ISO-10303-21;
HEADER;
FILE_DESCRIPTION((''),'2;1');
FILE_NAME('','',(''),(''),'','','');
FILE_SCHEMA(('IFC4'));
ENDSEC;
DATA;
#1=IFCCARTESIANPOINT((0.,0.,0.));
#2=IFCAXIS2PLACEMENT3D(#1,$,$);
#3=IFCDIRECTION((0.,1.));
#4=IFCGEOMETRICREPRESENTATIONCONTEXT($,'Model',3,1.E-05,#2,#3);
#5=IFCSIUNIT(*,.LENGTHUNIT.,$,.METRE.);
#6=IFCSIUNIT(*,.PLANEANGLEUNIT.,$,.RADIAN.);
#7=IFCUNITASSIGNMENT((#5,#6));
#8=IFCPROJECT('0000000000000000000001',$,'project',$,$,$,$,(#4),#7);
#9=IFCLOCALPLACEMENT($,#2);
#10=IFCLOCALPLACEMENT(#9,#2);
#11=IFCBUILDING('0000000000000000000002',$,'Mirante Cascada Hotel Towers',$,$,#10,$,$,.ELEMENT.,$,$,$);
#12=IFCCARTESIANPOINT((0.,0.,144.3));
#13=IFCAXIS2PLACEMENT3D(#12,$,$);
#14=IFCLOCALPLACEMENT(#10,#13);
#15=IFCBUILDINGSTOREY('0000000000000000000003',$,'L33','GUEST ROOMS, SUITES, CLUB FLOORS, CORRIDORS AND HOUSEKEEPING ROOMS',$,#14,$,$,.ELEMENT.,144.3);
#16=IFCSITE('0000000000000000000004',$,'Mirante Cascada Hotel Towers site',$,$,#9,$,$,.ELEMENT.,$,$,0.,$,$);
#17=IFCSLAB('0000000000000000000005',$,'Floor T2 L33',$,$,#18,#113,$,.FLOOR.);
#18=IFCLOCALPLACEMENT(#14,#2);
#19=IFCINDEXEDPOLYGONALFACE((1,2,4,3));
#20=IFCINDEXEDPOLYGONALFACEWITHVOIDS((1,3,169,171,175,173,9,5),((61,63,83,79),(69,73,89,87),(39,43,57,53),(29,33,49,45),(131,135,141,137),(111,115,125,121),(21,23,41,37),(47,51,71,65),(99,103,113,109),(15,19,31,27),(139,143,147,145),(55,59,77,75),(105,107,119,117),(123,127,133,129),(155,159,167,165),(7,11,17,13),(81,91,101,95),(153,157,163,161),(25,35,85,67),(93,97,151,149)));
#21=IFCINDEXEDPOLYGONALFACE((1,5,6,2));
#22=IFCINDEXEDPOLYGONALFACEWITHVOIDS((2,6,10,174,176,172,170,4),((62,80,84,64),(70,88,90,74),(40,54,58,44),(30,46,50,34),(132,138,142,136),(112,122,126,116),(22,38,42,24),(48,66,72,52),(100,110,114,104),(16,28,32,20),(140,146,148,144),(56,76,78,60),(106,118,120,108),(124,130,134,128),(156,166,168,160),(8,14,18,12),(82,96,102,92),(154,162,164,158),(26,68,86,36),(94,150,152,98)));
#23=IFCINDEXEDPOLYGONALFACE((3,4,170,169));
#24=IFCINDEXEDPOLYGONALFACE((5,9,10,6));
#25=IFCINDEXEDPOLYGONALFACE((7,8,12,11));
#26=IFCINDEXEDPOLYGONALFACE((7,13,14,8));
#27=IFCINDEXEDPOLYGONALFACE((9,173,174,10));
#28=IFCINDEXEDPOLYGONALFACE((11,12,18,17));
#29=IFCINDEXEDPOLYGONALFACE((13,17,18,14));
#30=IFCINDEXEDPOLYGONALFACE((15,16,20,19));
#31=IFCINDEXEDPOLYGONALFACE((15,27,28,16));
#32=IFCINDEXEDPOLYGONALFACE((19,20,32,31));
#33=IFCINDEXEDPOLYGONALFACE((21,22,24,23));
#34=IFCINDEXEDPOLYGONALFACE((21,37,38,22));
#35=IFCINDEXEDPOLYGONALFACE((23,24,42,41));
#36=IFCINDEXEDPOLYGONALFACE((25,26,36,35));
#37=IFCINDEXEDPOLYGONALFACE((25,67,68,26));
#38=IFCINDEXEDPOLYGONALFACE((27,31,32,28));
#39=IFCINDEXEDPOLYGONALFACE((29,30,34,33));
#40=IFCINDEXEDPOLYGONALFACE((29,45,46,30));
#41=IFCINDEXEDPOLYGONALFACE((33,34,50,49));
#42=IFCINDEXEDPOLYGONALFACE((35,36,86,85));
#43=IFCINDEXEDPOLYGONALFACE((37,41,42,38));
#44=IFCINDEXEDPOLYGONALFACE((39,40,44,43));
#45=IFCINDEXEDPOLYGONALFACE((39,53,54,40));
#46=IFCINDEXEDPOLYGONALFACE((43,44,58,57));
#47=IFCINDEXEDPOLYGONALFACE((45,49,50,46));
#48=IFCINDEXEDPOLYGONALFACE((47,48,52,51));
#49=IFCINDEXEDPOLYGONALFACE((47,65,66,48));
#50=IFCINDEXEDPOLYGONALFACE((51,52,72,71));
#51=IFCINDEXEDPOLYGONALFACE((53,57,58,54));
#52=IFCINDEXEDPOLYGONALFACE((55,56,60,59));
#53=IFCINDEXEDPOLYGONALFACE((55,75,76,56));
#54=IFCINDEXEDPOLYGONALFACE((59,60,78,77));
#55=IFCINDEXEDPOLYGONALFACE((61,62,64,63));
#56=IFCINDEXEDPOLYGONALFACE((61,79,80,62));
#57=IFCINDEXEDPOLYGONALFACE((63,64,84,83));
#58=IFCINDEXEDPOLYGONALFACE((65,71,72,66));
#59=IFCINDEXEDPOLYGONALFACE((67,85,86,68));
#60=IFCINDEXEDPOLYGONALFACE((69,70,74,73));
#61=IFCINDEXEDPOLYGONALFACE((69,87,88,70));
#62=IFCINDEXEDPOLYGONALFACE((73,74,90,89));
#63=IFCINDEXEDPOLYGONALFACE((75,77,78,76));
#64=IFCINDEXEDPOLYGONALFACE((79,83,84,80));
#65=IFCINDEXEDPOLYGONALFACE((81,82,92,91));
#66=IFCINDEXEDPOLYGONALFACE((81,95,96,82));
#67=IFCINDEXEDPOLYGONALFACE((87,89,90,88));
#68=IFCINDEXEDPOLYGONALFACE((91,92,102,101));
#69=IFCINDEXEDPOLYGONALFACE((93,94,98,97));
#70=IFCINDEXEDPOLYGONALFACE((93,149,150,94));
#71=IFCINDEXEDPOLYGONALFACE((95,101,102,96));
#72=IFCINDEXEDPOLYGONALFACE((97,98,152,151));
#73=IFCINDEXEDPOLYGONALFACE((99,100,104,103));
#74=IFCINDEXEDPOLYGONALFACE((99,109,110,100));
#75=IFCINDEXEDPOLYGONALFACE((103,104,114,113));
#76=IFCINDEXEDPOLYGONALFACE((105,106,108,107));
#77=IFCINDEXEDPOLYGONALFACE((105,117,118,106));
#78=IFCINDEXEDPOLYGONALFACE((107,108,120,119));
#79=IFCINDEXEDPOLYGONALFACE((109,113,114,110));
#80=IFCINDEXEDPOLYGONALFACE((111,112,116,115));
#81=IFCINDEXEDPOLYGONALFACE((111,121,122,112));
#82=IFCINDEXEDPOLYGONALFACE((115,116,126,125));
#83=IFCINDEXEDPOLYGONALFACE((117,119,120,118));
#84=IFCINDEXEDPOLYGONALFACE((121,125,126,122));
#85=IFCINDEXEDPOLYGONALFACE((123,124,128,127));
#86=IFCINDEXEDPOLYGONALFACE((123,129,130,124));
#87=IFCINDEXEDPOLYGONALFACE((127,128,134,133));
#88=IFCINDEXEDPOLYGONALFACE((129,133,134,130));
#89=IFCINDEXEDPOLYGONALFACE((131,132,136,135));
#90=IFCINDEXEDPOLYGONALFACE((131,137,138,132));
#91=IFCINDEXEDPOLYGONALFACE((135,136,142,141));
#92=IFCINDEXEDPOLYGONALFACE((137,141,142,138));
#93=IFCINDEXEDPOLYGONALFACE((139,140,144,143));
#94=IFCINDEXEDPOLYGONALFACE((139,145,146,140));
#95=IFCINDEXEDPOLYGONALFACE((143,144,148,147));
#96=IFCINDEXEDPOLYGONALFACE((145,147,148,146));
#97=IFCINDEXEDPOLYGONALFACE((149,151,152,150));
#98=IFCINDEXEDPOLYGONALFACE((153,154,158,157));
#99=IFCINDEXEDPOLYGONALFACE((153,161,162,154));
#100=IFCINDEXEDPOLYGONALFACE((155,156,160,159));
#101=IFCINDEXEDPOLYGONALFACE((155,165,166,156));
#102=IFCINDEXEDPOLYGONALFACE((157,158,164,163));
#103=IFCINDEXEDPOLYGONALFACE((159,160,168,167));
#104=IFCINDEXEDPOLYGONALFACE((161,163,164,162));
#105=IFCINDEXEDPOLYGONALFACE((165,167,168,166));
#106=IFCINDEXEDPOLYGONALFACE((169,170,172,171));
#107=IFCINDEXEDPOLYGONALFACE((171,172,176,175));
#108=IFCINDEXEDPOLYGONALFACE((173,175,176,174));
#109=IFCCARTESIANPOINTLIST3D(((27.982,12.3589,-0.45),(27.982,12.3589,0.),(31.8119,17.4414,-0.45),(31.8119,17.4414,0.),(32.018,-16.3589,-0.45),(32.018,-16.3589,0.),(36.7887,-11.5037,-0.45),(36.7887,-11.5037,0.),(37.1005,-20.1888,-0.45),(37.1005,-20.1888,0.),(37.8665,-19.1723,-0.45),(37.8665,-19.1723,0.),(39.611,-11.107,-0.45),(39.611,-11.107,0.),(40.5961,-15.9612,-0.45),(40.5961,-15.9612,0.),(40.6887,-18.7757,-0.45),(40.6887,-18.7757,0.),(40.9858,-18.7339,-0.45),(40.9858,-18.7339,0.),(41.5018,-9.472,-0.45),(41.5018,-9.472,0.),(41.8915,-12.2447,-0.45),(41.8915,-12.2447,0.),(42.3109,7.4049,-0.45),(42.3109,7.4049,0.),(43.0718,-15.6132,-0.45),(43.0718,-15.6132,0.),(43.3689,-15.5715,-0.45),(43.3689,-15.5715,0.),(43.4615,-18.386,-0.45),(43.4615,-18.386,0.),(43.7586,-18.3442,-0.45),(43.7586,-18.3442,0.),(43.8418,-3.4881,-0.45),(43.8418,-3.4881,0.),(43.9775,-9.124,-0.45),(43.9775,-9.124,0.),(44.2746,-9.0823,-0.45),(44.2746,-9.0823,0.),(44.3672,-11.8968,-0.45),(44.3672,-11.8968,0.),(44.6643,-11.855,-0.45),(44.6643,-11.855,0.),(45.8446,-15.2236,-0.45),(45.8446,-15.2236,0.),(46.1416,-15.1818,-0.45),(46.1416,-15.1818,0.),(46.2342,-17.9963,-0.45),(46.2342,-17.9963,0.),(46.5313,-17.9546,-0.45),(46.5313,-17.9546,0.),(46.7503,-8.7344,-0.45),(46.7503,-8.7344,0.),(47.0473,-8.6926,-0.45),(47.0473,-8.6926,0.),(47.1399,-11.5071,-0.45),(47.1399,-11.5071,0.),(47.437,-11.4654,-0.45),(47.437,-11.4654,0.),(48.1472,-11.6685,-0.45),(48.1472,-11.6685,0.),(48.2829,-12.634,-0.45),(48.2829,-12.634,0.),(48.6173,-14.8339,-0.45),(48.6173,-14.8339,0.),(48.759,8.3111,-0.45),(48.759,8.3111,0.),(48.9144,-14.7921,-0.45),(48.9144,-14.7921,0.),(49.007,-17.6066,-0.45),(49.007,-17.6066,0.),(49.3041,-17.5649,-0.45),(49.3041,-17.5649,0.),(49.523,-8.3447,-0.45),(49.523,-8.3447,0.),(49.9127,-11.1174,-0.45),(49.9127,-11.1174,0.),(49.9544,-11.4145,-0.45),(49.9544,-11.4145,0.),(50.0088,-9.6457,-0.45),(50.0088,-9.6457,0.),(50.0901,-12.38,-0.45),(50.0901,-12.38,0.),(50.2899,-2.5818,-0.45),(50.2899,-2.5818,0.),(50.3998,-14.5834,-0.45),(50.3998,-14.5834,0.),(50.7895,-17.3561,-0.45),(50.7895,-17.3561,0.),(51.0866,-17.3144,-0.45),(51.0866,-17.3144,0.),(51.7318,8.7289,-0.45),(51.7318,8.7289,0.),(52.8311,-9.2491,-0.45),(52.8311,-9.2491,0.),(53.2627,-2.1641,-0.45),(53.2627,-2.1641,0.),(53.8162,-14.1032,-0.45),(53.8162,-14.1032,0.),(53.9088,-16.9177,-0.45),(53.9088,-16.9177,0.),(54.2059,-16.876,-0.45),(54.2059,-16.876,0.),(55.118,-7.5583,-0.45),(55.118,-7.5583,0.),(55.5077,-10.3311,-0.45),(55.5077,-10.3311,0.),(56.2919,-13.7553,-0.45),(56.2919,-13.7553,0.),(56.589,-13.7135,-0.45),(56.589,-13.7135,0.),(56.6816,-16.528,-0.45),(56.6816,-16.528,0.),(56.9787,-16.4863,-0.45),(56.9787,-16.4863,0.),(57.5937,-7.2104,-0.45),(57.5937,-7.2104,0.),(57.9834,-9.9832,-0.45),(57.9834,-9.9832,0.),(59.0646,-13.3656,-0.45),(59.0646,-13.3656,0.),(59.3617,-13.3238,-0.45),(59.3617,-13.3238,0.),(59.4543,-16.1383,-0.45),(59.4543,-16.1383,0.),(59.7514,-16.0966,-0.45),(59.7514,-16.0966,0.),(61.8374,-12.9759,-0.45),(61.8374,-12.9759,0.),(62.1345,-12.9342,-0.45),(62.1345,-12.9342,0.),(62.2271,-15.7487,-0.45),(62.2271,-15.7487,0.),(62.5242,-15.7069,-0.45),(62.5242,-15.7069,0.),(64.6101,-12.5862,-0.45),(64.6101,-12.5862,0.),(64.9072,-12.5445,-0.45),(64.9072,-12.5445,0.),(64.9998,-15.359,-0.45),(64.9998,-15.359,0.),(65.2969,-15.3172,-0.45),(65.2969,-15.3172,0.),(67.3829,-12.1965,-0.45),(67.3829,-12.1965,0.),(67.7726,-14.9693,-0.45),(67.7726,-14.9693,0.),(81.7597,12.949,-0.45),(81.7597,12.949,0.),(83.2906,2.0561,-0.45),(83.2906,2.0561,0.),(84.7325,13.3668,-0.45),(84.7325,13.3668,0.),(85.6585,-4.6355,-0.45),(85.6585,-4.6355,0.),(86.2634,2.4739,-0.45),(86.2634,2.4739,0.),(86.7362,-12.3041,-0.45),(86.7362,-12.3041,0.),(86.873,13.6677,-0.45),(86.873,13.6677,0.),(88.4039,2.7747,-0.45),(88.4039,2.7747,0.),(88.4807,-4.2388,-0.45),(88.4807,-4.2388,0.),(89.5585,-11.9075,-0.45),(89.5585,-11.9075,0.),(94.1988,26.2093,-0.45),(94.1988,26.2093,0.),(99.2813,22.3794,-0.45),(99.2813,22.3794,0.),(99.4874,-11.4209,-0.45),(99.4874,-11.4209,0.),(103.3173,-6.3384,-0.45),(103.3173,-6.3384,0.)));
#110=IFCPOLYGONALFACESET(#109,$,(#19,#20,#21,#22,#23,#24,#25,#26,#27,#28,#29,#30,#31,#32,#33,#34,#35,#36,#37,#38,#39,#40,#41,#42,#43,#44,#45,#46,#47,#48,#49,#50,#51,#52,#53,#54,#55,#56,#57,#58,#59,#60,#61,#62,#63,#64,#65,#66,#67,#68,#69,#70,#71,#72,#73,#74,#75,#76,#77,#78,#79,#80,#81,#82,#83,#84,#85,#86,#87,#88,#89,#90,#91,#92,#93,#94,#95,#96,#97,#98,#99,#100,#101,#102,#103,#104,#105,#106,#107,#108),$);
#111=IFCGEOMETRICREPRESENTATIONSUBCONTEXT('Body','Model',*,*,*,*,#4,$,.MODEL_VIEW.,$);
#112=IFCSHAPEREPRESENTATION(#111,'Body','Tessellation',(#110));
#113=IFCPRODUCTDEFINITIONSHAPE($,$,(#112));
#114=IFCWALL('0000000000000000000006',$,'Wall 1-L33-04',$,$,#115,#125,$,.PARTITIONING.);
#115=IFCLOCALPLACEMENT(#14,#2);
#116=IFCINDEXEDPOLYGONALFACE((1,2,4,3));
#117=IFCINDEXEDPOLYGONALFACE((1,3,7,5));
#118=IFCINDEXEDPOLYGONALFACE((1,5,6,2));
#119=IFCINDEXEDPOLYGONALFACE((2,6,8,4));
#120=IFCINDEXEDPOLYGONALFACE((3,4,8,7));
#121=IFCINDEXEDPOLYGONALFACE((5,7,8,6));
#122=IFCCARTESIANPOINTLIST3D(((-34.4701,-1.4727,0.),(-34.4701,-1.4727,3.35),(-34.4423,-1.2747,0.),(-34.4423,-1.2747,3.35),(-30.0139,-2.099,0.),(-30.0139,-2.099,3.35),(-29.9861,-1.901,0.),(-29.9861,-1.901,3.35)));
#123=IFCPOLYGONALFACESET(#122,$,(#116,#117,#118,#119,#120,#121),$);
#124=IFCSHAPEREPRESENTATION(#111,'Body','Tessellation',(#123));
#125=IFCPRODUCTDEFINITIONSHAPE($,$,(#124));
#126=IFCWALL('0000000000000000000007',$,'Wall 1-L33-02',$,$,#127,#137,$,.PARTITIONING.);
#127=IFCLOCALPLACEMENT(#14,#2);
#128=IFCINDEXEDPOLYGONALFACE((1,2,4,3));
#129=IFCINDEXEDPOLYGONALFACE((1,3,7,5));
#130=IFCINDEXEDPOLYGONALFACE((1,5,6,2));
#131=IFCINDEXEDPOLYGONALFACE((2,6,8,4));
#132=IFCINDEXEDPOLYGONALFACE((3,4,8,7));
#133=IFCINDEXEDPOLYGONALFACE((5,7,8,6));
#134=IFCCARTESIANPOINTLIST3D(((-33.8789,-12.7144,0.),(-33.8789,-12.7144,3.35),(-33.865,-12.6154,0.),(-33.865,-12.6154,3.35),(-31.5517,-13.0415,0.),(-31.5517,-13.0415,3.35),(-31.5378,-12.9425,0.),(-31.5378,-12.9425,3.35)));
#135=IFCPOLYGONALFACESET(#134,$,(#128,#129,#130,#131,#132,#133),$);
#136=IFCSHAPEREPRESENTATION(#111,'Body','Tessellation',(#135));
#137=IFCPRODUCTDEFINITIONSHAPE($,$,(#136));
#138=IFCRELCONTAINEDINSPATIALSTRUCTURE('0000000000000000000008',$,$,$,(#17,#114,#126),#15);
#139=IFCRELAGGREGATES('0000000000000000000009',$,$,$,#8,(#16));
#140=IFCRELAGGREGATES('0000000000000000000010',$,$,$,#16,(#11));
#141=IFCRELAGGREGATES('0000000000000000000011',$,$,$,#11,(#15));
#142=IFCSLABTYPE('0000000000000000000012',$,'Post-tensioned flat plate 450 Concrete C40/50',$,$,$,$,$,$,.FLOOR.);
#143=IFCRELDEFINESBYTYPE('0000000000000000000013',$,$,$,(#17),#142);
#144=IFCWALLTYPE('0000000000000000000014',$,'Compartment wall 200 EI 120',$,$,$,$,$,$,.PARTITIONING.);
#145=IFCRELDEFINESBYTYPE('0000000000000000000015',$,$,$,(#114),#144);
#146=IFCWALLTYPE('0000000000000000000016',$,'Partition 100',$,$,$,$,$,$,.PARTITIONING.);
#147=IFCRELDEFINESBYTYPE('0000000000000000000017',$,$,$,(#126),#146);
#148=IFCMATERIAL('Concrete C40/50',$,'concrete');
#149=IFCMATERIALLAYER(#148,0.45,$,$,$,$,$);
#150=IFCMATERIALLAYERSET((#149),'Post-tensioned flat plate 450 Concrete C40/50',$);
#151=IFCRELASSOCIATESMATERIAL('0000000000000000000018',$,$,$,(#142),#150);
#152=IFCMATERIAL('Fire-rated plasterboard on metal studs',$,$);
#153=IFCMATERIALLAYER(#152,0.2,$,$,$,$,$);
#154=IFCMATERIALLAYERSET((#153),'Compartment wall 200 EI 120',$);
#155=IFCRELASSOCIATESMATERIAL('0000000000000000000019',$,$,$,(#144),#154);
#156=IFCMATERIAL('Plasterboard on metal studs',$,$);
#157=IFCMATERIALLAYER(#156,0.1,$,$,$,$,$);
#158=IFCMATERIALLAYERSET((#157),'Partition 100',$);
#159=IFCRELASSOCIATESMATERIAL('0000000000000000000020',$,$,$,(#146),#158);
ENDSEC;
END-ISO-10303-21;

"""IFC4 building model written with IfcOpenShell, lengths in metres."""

from ifc_helpers import new_model, si_unit, direction, frame, frame_2d, origin, place, context, subcontext, project, spatial, polyline, rectangle, outline, extrude, material, layer, layer_set, type_object, element, save


model = new_model("IFC4")

# Units and contexts
model_context = context("Model", 3, precision=1e-05, world=origin(), true_north=direction((0.0, 1.0)))
body_context = subcontext(model_context, "Body", "Model", "MODEL_VIEW")
ifc_project = project(units=[si_unit("LENGTHUNIT", "METRE"), si_unit("PLANEANGLEUNIT", "RADIAN")], contexts=[model_context])

# Site, building, storey
site_placement = place(None, origin())
site = spatial("IfcSite", under=ifc_project, at=site_placement, Name="Mirante Cascada Hotel Towers site", CompositionType="ELEMENT", RefElevation=0.0)
building_placement = place(site_placement, origin())
building = spatial("IfcBuilding", under=site, at=building_placement, Name="Mirante Cascada Hotel Towers", CompositionType="ELEMENT")
storey_placement = place(building_placement, frame((0.0, 0.0, 144.3)))
storey = spatial("IfcBuildingStorey", under=building, at=storey_placement, Name="L33", Description="GUEST ROOMS, SUITES, CLUB FLOORS, CORRIDORS AND HOUSEKEEPING ROOMS", CompositionType="ELEMENT", Elevation=144.3)

# Slab
ifc_material_1 = material(Name="Concrete C40/50", Category="concrete")
ifc_layer_1 = layer(ifc_material_1, 0.45)
ifc_layer_set_1 = layer_set([ifc_layer_1], Name="Post-tensioned flat plate 450 Concrete C40/50")
slab_type = type_object("IfcSlabType", Name="Post-tensioned flat plate 450 Concrete C40/50", PredefinedType="FLOOR", material=ifc_layer_set_1)
slab_1_placement = place(storey_placement, frame((0.0, 0.0, -0.45)))
element("IfcSlab", 1, at=slab_1_placement, inside=storey, type_object=slab_type, Name="Floor T2 L33", PredefinedType="FLOOR", context=body_context, shape_type="SweptSolid", body=[
    extrude(outline(polyline([(32.018, -16.3589), (27.982, 12.3589), (31.8119, 17.4414), (94.1988, 26.2093), (99.2813, 22.3794), (103.3173, -6.3384), (99.4874, -11.4209), (37.1005, -20.1888), (32.018, -16.3589)]), holes=[polyline([(43.0718, -15.6132), (40.5961, -15.9612), (40.9858, -18.7339), (43.4615, -18.386), (43.0718, -15.6132)]), polyline([(45.8446, -15.2236), (43.3689, -15.5715), (43.7586, -18.3442), (46.2342, -17.9963), (45.8446, -15.2236)]), polyline([(48.6173, -14.8339), (46.1416, -15.1818), (46.5313, -17.9546), (49.007, -17.6066), (48.6173, -14.8339)]), polyline([(50.3998, -14.5834), (48.9144, -14.7921), (49.3041, -17.5649), (50.7895, -17.3561), (50.3998, -14.5834)]), polyline([(37.8665, -19.1723), (40.6887, -18.7757), (39.611, -11.107), (36.7887, -11.5037), (37.8665, -19.1723)]), polyline([(49.9544, -11.4145), (48.1472, -11.6685), (48.2829, -12.634), (50.0901, -12.38), (49.9544, -11.4145)]), polyline([(43.9775, -9.124), (41.5018, -9.472), (41.8915, -12.2447), (44.3672, -11.8968), (43.9775, -9.124)]), polyline([(47.1399, -11.5071), (46.7503, -8.7344), (44.2746, -9.0823), (44.6643, -11.855), (47.1399, -11.5071)]), polyline([(49.9127, -11.1174), (49.523, -8.3447), (47.0473, -8.6926), (47.437, -11.4654), (49.9127, -11.1174)]), polyline([(56.2919, -13.7553), (53.8162, -14.1032), (54.2059, -16.876), (56.6816, -16.528), (56.2919, -13.7553)]), polyline([(59.0646, -13.3656), (56.589, -13.7135), (56.9787, -16.4863), (59.4543, -16.1383), (59.0646, -13.3656)]), polyline([(61.8374, -12.9759), (59.3617, -13.3238), (59.7514, -16.0966), (62.2271, -15.7487), (61.8374, -12.9759)]), polyline([(64.6101, -12.5862), (62.1345, -12.9342), (62.5242, -15.7069), (64.9998, -15.359), (64.6101, -12.5862)]), polyline([(67.3829, -12.1965), (64.9072, -12.5445), (65.2969, -15.3172), (67.7726, -14.9693), (67.3829, -12.1965)]), polyline([(51.0866, -17.3144), (53.9088, -16.9177), (52.8311, -9.2491), (50.0088, -9.6457), (51.0866, -17.3144)]), polyline([(86.7362, -12.3041), (89.5585, -11.9075), (88.4807, -4.2388), (85.6585, -4.6355), (86.7362, -12.3041)]), polyline([(57.9834, -9.9832), (57.5937, -7.2104), (55.118, -7.5583), (55.5077, -10.3311), (57.9834, -9.9832)]), polyline([(86.873, 13.6677), (88.4039, 2.7747), (86.2634, 2.4739), (86.2634, 2.4739), (84.7325, 13.3668), (84.7325, 13.3668), (86.873, 13.6677)]), polyline([(81.7597, 12.949), (81.7597, 12.949), (83.2906, 2.0561), (83.2906, 2.0561), (53.2627, -2.1641), (53.2627, -2.1641), (51.7318, 8.7289), (81.7597, 12.949)]), polyline([(43.8418, -3.4881), (42.3109, 7.4049), (48.759, 8.3111), (50.2899, -2.5818), (50.2899, -2.5818), (43.8418, -3.4881)])]), origin(), (0.0, 0.0, 1.0), 0.45),
])

# Walls
ifc_material_2 = material(Name="Fire-rated plasterboard on metal studs")
ifc_layer_2 = layer(ifc_material_2, 0.2)
ifc_layer_set_2 = layer_set([ifc_layer_2], Name="Compartment wall 200 EI 120")
wall_type_1 = type_object("IfcWallType", Name="Compartment wall 200 EI 120", PredefinedType="PARTITIONING", material=ifc_layer_set_2)
wall_1_placement = place(storey_placement, frame((-30.0, -2.0, 0.0), z_axis=(0.0, 0.0, 1.0), x_axis=(-0.990267, 0.139178, 0.0)))
element("IfcWall", 2, at=wall_1_placement, inside=storey, type_object=wall_type_1, Name="Wall 1-L33-04", PredefinedType="PARTITIONING", context=body_context, shape_type="SweptSolid", body=[
    extrude(rectangle(XDim=4.5, YDim=0.2, at=frame_2d((2.25, 0.0))), origin(), (0.0, 0.0, 1.0), 3.35),
])
ifc_material_3 = material(Name="Plasterboard on metal studs")
ifc_layer_3 = layer(ifc_material_3, 0.1)
ifc_layer_set_3 = layer_set([ifc_layer_3], Name="Partition 100")
wall_type_2 = type_object("IfcWallType", Name="Partition 100", PredefinedType="PARTITIONING", material=ifc_layer_set_3)
wall_2_placement = place(storey_placement, frame((-31.5448, -12.992, 0.0), z_axis=(0.0, 0.0, 1.0), x_axis=(-0.990266, 0.139187, 0.0)))
element("IfcWall", 3, at=wall_2_placement, inside=storey, type_object=wall_type_2, Name="Wall 1-L33-02", PredefinedType="PARTITIONING", context=body_context, shape_type="SweptSolid", body=[
    extrude(rectangle(XDim=2.3501, YDim=0.1, at=frame_2d((1.175, 0.0))), origin(), (0.0, 0.0, 1.0), 3.35),
])

save(model, "model.ifc")
